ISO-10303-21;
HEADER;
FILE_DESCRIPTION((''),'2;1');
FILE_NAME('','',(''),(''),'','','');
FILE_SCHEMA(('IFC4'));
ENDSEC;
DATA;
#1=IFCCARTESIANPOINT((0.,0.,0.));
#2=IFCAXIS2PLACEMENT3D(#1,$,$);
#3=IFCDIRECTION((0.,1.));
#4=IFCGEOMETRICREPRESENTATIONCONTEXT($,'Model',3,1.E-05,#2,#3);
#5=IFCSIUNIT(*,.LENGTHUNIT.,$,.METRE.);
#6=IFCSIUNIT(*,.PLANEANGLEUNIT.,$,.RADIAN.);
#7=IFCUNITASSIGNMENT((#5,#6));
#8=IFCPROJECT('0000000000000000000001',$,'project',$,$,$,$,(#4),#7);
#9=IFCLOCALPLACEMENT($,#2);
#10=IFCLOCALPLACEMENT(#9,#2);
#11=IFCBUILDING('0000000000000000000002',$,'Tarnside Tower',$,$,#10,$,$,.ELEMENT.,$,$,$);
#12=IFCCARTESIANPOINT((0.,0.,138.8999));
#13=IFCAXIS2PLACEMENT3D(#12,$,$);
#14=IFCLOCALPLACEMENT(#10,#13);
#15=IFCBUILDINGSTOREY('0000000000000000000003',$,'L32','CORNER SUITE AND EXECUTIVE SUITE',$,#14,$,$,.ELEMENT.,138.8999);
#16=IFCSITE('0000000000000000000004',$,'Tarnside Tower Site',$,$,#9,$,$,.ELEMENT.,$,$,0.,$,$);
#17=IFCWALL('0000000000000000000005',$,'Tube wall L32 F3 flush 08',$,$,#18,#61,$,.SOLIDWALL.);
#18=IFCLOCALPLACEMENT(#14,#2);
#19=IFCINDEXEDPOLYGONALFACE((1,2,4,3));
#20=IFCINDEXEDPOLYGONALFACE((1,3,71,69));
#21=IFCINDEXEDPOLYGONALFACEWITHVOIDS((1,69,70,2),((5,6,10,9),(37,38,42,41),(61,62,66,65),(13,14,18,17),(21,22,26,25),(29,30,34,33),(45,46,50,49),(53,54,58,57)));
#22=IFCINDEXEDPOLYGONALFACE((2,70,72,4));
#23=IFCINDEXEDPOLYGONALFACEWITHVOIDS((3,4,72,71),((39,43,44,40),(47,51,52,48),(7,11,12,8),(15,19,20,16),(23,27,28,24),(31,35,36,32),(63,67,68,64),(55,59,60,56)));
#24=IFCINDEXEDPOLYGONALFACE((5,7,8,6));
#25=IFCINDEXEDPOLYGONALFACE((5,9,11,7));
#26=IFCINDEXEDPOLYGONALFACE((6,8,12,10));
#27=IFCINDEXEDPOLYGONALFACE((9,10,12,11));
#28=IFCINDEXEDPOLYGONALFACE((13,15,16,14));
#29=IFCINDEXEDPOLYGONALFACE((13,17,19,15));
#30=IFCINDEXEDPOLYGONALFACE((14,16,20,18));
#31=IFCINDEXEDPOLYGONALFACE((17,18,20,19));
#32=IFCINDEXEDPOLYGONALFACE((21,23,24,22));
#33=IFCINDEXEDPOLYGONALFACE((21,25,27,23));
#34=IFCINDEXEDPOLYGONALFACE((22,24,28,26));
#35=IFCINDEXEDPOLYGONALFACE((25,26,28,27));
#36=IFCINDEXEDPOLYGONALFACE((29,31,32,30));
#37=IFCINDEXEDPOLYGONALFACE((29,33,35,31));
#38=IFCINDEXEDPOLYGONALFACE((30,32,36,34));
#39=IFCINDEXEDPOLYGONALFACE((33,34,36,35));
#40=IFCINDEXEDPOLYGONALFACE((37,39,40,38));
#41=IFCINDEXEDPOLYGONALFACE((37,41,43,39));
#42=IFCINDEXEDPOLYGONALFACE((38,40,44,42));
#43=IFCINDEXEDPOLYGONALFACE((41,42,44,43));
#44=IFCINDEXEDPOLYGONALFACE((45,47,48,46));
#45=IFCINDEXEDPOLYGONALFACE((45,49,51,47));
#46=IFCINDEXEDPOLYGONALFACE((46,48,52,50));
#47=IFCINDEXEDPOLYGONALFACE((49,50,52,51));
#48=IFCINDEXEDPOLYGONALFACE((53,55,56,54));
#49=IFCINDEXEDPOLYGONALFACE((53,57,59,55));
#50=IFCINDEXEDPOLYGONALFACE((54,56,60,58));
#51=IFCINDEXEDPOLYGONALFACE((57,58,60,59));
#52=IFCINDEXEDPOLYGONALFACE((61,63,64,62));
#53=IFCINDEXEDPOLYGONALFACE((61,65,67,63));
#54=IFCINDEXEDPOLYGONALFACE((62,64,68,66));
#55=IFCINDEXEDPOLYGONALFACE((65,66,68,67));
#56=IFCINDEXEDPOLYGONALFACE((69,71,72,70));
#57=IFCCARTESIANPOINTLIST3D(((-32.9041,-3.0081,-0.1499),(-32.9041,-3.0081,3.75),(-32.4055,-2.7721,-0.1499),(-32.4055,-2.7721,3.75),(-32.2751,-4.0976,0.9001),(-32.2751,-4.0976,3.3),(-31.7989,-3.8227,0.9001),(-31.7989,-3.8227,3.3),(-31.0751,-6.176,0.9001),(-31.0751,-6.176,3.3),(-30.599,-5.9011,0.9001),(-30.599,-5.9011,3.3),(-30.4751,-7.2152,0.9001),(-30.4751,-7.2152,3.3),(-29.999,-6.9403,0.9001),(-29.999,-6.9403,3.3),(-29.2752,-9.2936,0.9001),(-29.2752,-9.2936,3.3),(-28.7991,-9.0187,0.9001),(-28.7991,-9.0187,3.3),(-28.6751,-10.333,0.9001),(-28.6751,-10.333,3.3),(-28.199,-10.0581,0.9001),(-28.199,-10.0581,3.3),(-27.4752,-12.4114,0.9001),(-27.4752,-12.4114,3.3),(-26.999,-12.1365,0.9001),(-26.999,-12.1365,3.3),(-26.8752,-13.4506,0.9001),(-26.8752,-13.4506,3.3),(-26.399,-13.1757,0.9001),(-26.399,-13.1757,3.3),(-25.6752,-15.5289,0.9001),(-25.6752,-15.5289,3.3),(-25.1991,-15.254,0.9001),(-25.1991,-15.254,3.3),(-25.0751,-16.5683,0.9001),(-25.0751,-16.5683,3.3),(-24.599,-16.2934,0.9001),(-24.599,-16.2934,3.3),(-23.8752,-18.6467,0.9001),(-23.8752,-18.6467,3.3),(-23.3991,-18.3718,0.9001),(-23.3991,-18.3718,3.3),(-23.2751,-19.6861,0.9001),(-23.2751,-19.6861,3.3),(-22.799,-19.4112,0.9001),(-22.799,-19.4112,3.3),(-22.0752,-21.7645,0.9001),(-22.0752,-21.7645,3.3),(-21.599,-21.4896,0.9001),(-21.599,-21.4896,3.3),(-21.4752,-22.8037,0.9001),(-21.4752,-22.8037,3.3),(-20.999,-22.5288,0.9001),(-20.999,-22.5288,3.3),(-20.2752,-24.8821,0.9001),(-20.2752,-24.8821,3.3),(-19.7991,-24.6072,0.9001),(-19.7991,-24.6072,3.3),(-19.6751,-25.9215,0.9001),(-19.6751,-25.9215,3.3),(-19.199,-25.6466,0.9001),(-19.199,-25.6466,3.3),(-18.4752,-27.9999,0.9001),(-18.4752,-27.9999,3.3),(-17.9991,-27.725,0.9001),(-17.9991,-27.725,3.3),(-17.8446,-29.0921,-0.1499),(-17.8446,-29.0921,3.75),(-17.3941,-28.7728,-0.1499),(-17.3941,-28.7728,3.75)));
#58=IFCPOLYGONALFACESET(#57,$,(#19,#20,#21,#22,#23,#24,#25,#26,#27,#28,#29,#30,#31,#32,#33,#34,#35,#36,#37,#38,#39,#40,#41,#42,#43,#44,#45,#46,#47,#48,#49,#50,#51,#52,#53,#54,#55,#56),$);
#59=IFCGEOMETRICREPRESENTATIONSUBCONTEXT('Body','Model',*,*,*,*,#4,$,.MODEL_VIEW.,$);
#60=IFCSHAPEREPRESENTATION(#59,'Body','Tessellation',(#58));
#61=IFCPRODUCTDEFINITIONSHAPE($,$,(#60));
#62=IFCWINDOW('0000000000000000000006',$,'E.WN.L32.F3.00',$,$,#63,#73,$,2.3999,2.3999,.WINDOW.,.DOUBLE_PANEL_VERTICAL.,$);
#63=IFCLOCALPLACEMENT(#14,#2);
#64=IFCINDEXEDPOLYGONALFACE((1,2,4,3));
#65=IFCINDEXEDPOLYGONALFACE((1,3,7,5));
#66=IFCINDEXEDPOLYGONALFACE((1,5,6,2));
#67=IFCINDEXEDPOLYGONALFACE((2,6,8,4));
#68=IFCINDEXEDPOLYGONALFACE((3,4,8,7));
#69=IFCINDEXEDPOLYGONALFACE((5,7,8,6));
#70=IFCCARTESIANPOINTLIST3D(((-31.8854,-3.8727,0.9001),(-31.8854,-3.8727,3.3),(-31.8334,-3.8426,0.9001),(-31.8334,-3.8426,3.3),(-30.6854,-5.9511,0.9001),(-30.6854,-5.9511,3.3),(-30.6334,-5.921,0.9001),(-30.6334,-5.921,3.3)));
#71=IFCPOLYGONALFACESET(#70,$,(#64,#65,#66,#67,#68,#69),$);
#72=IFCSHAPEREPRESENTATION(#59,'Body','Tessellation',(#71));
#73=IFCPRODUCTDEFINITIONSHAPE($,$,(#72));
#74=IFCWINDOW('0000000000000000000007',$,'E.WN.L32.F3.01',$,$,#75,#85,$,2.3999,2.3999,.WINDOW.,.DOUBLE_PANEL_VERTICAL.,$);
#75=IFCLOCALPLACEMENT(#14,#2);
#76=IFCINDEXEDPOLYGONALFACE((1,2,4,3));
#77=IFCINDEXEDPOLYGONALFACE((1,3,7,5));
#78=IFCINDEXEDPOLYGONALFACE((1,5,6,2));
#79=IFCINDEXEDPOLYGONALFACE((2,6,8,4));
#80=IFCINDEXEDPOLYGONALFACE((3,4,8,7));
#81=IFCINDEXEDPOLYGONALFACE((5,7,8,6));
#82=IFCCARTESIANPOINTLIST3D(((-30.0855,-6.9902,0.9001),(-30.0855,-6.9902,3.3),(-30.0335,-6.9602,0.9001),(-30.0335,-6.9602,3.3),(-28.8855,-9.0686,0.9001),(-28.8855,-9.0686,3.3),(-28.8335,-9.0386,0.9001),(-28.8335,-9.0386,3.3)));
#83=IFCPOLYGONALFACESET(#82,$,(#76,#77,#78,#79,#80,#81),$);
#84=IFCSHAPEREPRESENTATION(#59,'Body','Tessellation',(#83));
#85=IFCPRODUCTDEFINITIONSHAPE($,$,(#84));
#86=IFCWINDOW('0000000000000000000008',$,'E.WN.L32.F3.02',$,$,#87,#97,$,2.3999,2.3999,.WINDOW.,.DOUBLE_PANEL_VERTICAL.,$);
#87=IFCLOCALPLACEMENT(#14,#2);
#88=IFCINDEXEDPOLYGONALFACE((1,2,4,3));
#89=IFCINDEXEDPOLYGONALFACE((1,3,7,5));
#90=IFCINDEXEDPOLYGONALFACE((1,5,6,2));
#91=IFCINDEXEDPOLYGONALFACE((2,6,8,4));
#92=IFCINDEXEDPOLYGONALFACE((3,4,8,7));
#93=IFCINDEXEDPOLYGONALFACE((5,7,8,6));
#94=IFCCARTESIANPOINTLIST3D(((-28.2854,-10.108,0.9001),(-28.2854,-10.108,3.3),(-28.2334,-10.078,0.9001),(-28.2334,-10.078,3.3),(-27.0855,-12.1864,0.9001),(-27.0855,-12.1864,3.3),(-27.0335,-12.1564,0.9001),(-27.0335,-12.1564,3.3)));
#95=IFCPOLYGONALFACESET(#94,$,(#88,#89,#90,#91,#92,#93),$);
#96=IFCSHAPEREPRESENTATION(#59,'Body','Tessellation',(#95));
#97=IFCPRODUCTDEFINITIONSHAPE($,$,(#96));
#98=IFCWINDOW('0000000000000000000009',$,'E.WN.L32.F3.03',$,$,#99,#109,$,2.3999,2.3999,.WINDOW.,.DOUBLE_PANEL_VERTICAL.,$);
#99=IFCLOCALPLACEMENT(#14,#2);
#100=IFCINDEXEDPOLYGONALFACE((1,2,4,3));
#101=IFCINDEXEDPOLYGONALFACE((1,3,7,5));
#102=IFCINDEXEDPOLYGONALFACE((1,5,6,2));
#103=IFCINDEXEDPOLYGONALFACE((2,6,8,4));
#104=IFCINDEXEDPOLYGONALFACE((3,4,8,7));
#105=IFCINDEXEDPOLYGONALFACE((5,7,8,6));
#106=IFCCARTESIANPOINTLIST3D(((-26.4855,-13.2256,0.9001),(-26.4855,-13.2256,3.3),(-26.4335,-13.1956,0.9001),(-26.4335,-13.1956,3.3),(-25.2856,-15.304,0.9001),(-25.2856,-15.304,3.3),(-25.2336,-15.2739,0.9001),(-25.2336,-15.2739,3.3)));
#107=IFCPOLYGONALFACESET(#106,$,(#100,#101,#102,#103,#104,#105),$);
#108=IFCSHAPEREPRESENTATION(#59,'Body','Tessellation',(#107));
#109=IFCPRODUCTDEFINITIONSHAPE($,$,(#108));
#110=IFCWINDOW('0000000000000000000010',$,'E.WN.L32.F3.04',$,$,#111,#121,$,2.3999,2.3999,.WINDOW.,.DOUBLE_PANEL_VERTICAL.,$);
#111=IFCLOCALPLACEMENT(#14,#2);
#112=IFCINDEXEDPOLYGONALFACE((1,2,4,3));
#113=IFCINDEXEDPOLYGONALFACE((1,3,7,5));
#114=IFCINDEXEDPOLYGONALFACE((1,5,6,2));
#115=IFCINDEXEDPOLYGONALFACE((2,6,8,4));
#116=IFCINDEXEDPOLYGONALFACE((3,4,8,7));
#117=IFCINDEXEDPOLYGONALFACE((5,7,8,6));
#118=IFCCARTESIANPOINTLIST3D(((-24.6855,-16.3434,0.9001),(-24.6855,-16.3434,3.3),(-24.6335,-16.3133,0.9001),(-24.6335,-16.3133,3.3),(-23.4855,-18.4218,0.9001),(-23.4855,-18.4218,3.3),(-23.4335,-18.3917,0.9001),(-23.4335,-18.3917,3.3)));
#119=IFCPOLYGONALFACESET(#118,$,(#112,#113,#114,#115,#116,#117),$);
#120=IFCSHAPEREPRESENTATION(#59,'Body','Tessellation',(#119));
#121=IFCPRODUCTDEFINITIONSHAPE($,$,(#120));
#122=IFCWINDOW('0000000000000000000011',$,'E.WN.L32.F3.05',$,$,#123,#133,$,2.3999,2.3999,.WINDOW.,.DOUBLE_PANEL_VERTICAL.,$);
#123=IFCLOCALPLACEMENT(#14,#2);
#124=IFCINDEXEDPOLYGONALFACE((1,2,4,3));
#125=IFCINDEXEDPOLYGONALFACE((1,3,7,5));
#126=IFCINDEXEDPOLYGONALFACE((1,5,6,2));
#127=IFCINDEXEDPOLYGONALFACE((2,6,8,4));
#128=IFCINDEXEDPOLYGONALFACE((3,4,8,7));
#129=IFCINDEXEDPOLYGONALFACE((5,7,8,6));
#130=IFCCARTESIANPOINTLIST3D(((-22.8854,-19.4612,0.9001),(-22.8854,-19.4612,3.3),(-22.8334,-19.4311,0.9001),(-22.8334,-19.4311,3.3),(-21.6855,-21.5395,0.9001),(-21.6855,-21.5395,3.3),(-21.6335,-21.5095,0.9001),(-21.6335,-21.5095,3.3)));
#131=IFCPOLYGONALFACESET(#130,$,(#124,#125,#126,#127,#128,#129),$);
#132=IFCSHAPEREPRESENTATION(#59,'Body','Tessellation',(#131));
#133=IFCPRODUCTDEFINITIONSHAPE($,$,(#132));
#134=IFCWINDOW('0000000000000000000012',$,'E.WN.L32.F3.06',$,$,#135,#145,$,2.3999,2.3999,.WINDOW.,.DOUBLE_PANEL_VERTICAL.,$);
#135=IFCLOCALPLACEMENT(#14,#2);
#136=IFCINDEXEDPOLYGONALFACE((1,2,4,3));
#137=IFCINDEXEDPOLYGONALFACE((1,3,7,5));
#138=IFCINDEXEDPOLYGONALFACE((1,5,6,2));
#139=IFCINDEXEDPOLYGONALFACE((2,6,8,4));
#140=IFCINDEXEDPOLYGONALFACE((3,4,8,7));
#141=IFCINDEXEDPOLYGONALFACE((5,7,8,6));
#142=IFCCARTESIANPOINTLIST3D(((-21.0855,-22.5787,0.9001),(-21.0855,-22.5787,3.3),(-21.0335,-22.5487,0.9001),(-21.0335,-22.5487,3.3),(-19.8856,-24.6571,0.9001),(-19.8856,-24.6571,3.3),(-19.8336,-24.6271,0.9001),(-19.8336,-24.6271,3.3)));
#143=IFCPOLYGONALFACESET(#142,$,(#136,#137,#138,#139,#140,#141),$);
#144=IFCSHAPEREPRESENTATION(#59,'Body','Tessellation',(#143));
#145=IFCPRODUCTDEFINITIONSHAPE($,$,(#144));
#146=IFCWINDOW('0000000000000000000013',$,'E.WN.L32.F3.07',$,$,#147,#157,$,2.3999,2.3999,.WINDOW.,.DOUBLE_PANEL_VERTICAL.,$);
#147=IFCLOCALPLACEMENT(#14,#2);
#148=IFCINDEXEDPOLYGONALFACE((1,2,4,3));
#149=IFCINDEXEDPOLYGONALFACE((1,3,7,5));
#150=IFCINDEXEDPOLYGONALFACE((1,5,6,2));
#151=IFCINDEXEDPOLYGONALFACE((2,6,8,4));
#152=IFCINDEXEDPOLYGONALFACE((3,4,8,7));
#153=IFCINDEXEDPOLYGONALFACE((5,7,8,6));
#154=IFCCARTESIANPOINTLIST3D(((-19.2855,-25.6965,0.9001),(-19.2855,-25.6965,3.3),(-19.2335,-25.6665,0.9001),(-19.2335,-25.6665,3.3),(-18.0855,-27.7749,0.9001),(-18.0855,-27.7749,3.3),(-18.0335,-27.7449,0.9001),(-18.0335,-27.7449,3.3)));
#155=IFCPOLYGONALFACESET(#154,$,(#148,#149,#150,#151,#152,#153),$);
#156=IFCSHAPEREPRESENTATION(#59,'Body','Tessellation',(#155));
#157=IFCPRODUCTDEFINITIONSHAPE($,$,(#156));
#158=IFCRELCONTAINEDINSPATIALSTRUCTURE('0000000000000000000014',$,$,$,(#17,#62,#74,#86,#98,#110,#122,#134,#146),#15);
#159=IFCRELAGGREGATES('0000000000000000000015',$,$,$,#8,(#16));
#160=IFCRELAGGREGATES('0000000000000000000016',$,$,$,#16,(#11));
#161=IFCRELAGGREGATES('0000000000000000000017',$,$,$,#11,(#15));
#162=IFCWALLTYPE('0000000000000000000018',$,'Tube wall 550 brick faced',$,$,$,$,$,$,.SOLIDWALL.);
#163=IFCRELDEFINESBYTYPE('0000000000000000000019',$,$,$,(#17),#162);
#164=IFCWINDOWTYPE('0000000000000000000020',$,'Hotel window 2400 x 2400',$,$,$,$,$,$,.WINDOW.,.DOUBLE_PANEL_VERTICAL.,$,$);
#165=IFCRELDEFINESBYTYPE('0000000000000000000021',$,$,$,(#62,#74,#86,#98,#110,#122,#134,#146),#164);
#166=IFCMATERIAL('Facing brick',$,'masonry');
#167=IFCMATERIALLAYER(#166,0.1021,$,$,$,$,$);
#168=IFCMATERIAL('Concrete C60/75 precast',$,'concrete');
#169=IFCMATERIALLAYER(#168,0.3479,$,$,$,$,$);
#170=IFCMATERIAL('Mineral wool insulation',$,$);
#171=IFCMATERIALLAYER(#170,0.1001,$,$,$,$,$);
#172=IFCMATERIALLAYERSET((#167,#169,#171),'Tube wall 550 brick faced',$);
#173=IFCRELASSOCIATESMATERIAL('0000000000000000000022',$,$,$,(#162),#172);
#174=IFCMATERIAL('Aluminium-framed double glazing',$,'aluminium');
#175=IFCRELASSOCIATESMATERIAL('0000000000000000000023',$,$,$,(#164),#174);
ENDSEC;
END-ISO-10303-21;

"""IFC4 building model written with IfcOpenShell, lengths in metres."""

from ifc_helpers import new_model, si_unit, direction, frame, frame_2d, origin, place, context, subcontext, project, spatial, polyline, rectangle, outline, extrude, material, layer, layer_set, type_object, element, fill, save


model = new_model("IFC4")

# Units and contexts
model_context = context("Model", 3, precision=1e-05, world=origin(), true_north=direction((0.0, 1.0)))
body_context = subcontext(model_context, "Body", "Model", "MODEL_VIEW")
ifc_project = project(units=[si_unit("LENGTHUNIT", "METRE"), si_unit("PLANEANGLEUNIT", "RADIAN")], contexts=[model_context])

# Site, building, storey
site_placement = place(None, origin())
site = spatial("IfcSite", under=ifc_project, at=site_placement, Name="Tarnside Tower Site", CompositionType="ELEMENT", RefElevation=0.0)
building_placement = place(site_placement, origin())
building = spatial("IfcBuilding", under=site, at=building_placement, Name="Tarnside Tower", CompositionType="ELEMENT")
storey_placement = place(building_placement, frame((0.0, 0.0, 138.8999)))
storey = spatial("IfcBuildingStorey", under=building, at=storey_placement, Name="L32", Description="CORNER SUITE AND EXECUTIVE SUITE", CompositionType="ELEMENT", Elevation=138.8999)

# Shared definitions
ifc_material_1 = material(Name="Facing brick", Category="masonry")
ifc_layer_1 = layer(ifc_material_1, 0.1021)
ifc_material_2 = material(Name="Concrete C60/75 precast", Category="concrete")
ifc_layer_2 = layer(ifc_material_2, 0.3479)
ifc_material_3 = material(Name="Mineral wool insulation")
ifc_layer_3 = layer(ifc_material_3, 0.1001)
ifc_layer_set_1 = layer_set([ifc_layer_1, ifc_layer_2, ifc_layer_3], Name="Tube wall 550 brick faced")
wall_type_1 = type_object("IfcWallType", Name="Tube wall 550 brick faced", PredefinedType="SOLIDWALL", material=ifc_layer_set_1)

# Wall, openings, windows
wall_1_placement = place(storey_placement, frame((-32.6548, -2.8901, -0.1499), z_axis=(0.0, 0.0, 1.0), x_axis=(0.499998, -0.866027, 0.0)))
wall_1 = element("IfcWall", 1, at=wall_1_placement, inside=storey, type_object=wall_type_1, Name="Tube wall L32 F3 flush 08", PredefinedType="SOLIDWALL", context=body_context, shape_type="SweptSolid", body=[
    extrude(outline(polyline([(-0.0225, -0.2749), (30.0967, -0.2749), (30.0454, 0.2749), (0.0225, 0.2749), (-0.0225, -0.2749)])), origin(), (0.0, 0.0, 1.0), 3.8999),
])
opening_1_placement = place(wall_1_placement, frame((1.2356, 0.0, 1.05)))
opening_1 = element("IfcOpeningElement", 2, at=opening_1_placement, cuts=wall_1, PredefinedType="OPENING", context=body_context, shape_type="SweptSolid", body=[
    extrude(rectangle(XDim=2.3999, YDim=2.3999, at=frame_2d((1.2, 1.2))), frame((0.0, 0.2852, 0.0), z_axis=(0.0, -1.0, 0.0), x_axis=(1.0, 0.0, 0.0)), (0.0, 0.0, 1.0), 0.5701),
])
opening_2_placement = place(wall_1_placement, frame((4.8354, 0.0, 1.05)))
opening_2 = element("IfcOpeningElement", 3, at=opening_2_placement, cuts=wall_1, PredefinedType="OPENING", context=body_context, shape_type="SweptSolid", body=[
    extrude(rectangle(XDim=2.3999, YDim=2.3999, at=frame_2d((1.2, 1.2))), frame((0.0, 0.2852, 0.0), z_axis=(0.0, -1.0, 0.0), x_axis=(1.0, 0.0, 0.0)), (0.0, 0.0, 1.0), 0.5701),
])
opening_3_placement = place(wall_1_placement, frame((8.4355, 0.0, 1.05)))
opening_3 = element("IfcOpeningElement", 4, at=opening_3_placement, cuts=wall_1, PredefinedType="OPENING", context=body_context, shape_type="SweptSolid", body=[
    extrude(rectangle(XDim=2.3999, YDim=2.3999, at=frame_2d((1.2, 1.2))), frame((0.0, 0.2852, 0.0), z_axis=(0.0, -1.0, 0.0), x_axis=(1.0, 0.0, 0.0)), (0.0, 0.0, 1.0), 0.5701),
])
opening_4_placement = place(wall_1_placement, frame((12.0354, 0.0, 1.05)))
opening_4 = element("IfcOpeningElement", 5, at=opening_4_placement, cuts=wall_1, PredefinedType="OPENING", context=body_context, shape_type="SweptSolid", body=[
    extrude(rectangle(XDim=2.3999, YDim=2.3999, at=frame_2d((1.2, 1.2))), frame((0.0, 0.2852, 0.0), z_axis=(0.0, -1.0, 0.0), x_axis=(1.0, 0.0, 0.0)), (0.0, 0.0, 1.0), 0.5701),
])
opening_5_placement = place(wall_1_placement, frame((15.6355, 0.0, 1.05)))
opening_5 = element("IfcOpeningElement", 6, at=opening_5_placement, cuts=wall_1, PredefinedType="OPENING", context=body_context, shape_type="SweptSolid", body=[
    extrude(rectangle(XDim=2.3999, YDim=2.3999, at=frame_2d((1.2, 1.2))), frame((0.0, 0.2852, 0.0), z_axis=(0.0, -1.0, 0.0), x_axis=(1.0, 0.0, 0.0)), (0.0, 0.0, 1.0), 0.5701),
])
opening_6_placement = place(wall_1_placement, frame((19.2356, 0.0, 1.05)))
opening_6 = element("IfcOpeningElement", 7, at=opening_6_placement, cuts=wall_1, PredefinedType="OPENING", context=body_context, shape_type="SweptSolid", body=[
    extrude(rectangle(XDim=2.3999, YDim=2.3999, at=frame_2d((1.2, 1.2))), frame((0.0, 0.2852, 0.0), z_axis=(0.0, -1.0, 0.0), x_axis=(1.0, 0.0, 0.0)), (0.0, 0.0, 1.0), 0.5701),
])
opening_7_placement = place(wall_1_placement, frame((22.8354, 0.0, 1.05)))
opening_7 = element("IfcOpeningElement", 8, at=opening_7_placement, cuts=wall_1, PredefinedType="OPENING", context=body_context, shape_type="SweptSolid", body=[
    extrude(rectangle(XDim=2.3999, YDim=2.3999, at=frame_2d((1.2, 1.2))), frame((0.0, 0.2852, 0.0), z_axis=(0.0, -1.0, 0.0), x_axis=(1.0, 0.0, 0.0)), (0.0, 0.0, 1.0), 0.5701),
])
opening_8_placement = place(wall_1_placement, frame((26.4355, 0.0, 1.05)))
opening_8 = element("IfcOpeningElement", 9, at=opening_8_placement, cuts=wall_1, PredefinedType="OPENING", context=body_context, shape_type="SweptSolid", body=[
    extrude(rectangle(XDim=2.3999, YDim=2.3999, at=frame_2d((1.2, 1.2))), frame((0.0, 0.2852, 0.0), z_axis=(0.0, -1.0, 0.0), x_axis=(1.0, 0.0, 0.0)), (0.0, 0.0, 1.0), 0.5701),
])
ifc_material_4 = material(Name="Aluminium-framed double glazing", Category="aluminium")
window_type = type_object("IfcWindowType", Name="Hotel window 2400 x 2400", PartitioningType="DOUBLE_PANEL_VERTICAL", PredefinedType="WINDOW", material=ifc_material_4)
window_1_placement = place(opening_1_placement, frame((0.0, 0.2051, 0.0)))
window_1 = element("IfcWindow", 10, at=window_1_placement, inside=storey, type_object=window_type, Name="E.WN.L32.F3.00", OverallHeight=2.3999, OverallWidth=2.3999, PartitioningType="DOUBLE_PANEL_VERTICAL", PredefinedType="WINDOW", context=body_context, shape_type="SweptSolid", body=[
    extrude(rectangle(XDim=2.3999, YDim=2.3999, at=frame_2d((1.2, 1.2))), frame((0.0, 0.03, 0.0), z_axis=(0.0, -1.0, 0.0), x_axis=(1.0, 0.0, 0.0)), (0.0, 0.0, 1.0), 0.0601),
])
fill(opening_1, window_1)
window_2_placement = place(opening_2_placement, frame((0.0, 0.2051, 0.0)))
window_2 = element("IfcWindow", 11, at=window_2_placement, inside=storey, type_object=window_type, Name="E.WN.L32.F3.01", OverallHeight=2.3999, OverallWidth=2.3999, PartitioningType="DOUBLE_PANEL_VERTICAL", PredefinedType="WINDOW", context=body_context, shape_type="SweptSolid", body=[
    extrude(rectangle(XDim=2.3999, YDim=2.3999, at=frame_2d((1.2, 1.2))), frame((0.0, 0.03, 0.0), z_axis=(0.0, -1.0, 0.0), x_axis=(1.0, 0.0, 0.0)), (0.0, 0.0, 1.0), 0.0601),
])
fill(opening_2, window_2)
window_3_placement = place(opening_3_placement, frame((0.0, 0.2051, 0.0)))
window_3 = element("IfcWindow", 12, at=window_3_placement, inside=storey, type_object=window_type, Name="E.WN.L32.F3.02", OverallHeight=2.3999, OverallWidth=2.3999, PartitioningType="DOUBLE_PANEL_VERTICAL", PredefinedType="WINDOW", context=body_context, shape_type="SweptSolid", body=[
    extrude(rectangle(XDim=2.3999, YDim=2.3999, at=frame_2d((1.2, 1.2))), frame((0.0, 0.03, 0.0), z_axis=(0.0, -1.0, 0.0), x_axis=(1.0, 0.0, 0.0)), (0.0, 0.0, 1.0), 0.0601),
])
fill(opening_3, window_3)
window_4_placement = place(opening_4_placement, frame((0.0, 0.2051, 0.0)))
window_4 = element("IfcWindow", 13, at=window_4_placement, inside=storey, type_object=window_type, Name="E.WN.L32.F3.03", OverallHeight=2.3999, OverallWidth=2.3999, PartitioningType="DOUBLE_PANEL_VERTICAL", PredefinedType="WINDOW", context=body_context, shape_type="SweptSolid", body=[
    extrude(rectangle(XDim=2.3999, YDim=2.3999, at=frame_2d((1.2, 1.2))), frame((0.0, 0.03, 0.0), z_axis=(0.0, -1.0, 0.0), x_axis=(1.0, 0.0, 0.0)), (0.0, 0.0, 1.0), 0.0601),
])
fill(opening_4, window_4)
window_5_placement = place(opening_5_placement, frame((0.0, 0.2051, 0.0)))
window_5 = element("IfcWindow", 14, at=window_5_placement, inside=storey, type_object=window_type, Name="E.WN.L32.F3.04", OverallHeight=2.3999, OverallWidth=2.3999, PartitioningType="DOUBLE_PANEL_VERTICAL", PredefinedType="WINDOW", context=body_context, shape_type="SweptSolid", body=[
    extrude(rectangle(XDim=2.3999, YDim=2.3999, at=frame_2d((1.2, 1.2))), frame((0.0, 0.03, 0.0), z_axis=(0.0, -1.0, 0.0), x_axis=(1.0, 0.0, 0.0)), (0.0, 0.0, 1.0), 0.0601),
])
fill(opening_5, window_5)
window_6_placement = place(opening_6_placement, frame((0.0, 0.2051, 0.0)))
window_6 = element("IfcWindow", 15, at=window_6_placement, inside=storey, type_object=window_type, Name="E.WN.L32.F3.05", OverallHeight=2.3999, OverallWidth=2.3999, PartitioningType="DOUBLE_PANEL_VERTICAL", PredefinedType="WINDOW", context=body_context, shape_type="SweptSolid", body=[
    extrude(rectangle(XDim=2.3999, YDim=2.3999, at=frame_2d((1.2, 1.2))), frame((0.0, 0.03, 0.0), z_axis=(0.0, -1.0, 0.0), x_axis=(1.0, 0.0, 0.0)), (0.0, 0.0, 1.0), 0.0601),
])
fill(opening_6, window_6)
window_7_placement = place(opening_7_placement, frame((0.0, 0.2051, 0.0)))
window_7 = element("IfcWindow", 16, at=window_7_placement, inside=storey, type_object=window_type, Name="E.WN.L32.F3.06", OverallHeight=2.3999, OverallWidth=2.3999, PartitioningType="DOUBLE_PANEL_VERTICAL", PredefinedType="WINDOW", context=body_context, shape_type="SweptSolid", body=[
    extrude(rectangle(XDim=2.3999, YDim=2.3999, at=frame_2d((1.2, 1.2))), frame((0.0, 0.03, 0.0), z_axis=(0.0, -1.0, 0.0), x_axis=(1.0, 0.0, 0.0)), (0.0, 0.0, 1.0), 0.0601),
])
fill(opening_7, window_7)
window_8_placement = place(opening_8_placement, frame((0.0, 0.2051, 0.0)))
window_8 = element("IfcWindow", 17, at=window_8_placement, inside=storey, type_object=window_type, Name="E.WN.L32.F3.07", OverallHeight=2.3999, OverallWidth=2.3999, PartitioningType="DOUBLE_PANEL_VERTICAL", PredefinedType="WINDOW", context=body_context, shape_type="SweptSolid", body=[
    extrude(rectangle(XDim=2.3999, YDim=2.3999, at=frame_2d((1.2, 1.2))), frame((0.0, 0.03, 0.0), z_axis=(0.0, -1.0, 0.0), x_axis=(1.0, 0.0, 0.0)), (0.0, 0.0, 1.0), 0.0601),
])
fill(opening_8, window_8)

save(model, "model.ifc")
